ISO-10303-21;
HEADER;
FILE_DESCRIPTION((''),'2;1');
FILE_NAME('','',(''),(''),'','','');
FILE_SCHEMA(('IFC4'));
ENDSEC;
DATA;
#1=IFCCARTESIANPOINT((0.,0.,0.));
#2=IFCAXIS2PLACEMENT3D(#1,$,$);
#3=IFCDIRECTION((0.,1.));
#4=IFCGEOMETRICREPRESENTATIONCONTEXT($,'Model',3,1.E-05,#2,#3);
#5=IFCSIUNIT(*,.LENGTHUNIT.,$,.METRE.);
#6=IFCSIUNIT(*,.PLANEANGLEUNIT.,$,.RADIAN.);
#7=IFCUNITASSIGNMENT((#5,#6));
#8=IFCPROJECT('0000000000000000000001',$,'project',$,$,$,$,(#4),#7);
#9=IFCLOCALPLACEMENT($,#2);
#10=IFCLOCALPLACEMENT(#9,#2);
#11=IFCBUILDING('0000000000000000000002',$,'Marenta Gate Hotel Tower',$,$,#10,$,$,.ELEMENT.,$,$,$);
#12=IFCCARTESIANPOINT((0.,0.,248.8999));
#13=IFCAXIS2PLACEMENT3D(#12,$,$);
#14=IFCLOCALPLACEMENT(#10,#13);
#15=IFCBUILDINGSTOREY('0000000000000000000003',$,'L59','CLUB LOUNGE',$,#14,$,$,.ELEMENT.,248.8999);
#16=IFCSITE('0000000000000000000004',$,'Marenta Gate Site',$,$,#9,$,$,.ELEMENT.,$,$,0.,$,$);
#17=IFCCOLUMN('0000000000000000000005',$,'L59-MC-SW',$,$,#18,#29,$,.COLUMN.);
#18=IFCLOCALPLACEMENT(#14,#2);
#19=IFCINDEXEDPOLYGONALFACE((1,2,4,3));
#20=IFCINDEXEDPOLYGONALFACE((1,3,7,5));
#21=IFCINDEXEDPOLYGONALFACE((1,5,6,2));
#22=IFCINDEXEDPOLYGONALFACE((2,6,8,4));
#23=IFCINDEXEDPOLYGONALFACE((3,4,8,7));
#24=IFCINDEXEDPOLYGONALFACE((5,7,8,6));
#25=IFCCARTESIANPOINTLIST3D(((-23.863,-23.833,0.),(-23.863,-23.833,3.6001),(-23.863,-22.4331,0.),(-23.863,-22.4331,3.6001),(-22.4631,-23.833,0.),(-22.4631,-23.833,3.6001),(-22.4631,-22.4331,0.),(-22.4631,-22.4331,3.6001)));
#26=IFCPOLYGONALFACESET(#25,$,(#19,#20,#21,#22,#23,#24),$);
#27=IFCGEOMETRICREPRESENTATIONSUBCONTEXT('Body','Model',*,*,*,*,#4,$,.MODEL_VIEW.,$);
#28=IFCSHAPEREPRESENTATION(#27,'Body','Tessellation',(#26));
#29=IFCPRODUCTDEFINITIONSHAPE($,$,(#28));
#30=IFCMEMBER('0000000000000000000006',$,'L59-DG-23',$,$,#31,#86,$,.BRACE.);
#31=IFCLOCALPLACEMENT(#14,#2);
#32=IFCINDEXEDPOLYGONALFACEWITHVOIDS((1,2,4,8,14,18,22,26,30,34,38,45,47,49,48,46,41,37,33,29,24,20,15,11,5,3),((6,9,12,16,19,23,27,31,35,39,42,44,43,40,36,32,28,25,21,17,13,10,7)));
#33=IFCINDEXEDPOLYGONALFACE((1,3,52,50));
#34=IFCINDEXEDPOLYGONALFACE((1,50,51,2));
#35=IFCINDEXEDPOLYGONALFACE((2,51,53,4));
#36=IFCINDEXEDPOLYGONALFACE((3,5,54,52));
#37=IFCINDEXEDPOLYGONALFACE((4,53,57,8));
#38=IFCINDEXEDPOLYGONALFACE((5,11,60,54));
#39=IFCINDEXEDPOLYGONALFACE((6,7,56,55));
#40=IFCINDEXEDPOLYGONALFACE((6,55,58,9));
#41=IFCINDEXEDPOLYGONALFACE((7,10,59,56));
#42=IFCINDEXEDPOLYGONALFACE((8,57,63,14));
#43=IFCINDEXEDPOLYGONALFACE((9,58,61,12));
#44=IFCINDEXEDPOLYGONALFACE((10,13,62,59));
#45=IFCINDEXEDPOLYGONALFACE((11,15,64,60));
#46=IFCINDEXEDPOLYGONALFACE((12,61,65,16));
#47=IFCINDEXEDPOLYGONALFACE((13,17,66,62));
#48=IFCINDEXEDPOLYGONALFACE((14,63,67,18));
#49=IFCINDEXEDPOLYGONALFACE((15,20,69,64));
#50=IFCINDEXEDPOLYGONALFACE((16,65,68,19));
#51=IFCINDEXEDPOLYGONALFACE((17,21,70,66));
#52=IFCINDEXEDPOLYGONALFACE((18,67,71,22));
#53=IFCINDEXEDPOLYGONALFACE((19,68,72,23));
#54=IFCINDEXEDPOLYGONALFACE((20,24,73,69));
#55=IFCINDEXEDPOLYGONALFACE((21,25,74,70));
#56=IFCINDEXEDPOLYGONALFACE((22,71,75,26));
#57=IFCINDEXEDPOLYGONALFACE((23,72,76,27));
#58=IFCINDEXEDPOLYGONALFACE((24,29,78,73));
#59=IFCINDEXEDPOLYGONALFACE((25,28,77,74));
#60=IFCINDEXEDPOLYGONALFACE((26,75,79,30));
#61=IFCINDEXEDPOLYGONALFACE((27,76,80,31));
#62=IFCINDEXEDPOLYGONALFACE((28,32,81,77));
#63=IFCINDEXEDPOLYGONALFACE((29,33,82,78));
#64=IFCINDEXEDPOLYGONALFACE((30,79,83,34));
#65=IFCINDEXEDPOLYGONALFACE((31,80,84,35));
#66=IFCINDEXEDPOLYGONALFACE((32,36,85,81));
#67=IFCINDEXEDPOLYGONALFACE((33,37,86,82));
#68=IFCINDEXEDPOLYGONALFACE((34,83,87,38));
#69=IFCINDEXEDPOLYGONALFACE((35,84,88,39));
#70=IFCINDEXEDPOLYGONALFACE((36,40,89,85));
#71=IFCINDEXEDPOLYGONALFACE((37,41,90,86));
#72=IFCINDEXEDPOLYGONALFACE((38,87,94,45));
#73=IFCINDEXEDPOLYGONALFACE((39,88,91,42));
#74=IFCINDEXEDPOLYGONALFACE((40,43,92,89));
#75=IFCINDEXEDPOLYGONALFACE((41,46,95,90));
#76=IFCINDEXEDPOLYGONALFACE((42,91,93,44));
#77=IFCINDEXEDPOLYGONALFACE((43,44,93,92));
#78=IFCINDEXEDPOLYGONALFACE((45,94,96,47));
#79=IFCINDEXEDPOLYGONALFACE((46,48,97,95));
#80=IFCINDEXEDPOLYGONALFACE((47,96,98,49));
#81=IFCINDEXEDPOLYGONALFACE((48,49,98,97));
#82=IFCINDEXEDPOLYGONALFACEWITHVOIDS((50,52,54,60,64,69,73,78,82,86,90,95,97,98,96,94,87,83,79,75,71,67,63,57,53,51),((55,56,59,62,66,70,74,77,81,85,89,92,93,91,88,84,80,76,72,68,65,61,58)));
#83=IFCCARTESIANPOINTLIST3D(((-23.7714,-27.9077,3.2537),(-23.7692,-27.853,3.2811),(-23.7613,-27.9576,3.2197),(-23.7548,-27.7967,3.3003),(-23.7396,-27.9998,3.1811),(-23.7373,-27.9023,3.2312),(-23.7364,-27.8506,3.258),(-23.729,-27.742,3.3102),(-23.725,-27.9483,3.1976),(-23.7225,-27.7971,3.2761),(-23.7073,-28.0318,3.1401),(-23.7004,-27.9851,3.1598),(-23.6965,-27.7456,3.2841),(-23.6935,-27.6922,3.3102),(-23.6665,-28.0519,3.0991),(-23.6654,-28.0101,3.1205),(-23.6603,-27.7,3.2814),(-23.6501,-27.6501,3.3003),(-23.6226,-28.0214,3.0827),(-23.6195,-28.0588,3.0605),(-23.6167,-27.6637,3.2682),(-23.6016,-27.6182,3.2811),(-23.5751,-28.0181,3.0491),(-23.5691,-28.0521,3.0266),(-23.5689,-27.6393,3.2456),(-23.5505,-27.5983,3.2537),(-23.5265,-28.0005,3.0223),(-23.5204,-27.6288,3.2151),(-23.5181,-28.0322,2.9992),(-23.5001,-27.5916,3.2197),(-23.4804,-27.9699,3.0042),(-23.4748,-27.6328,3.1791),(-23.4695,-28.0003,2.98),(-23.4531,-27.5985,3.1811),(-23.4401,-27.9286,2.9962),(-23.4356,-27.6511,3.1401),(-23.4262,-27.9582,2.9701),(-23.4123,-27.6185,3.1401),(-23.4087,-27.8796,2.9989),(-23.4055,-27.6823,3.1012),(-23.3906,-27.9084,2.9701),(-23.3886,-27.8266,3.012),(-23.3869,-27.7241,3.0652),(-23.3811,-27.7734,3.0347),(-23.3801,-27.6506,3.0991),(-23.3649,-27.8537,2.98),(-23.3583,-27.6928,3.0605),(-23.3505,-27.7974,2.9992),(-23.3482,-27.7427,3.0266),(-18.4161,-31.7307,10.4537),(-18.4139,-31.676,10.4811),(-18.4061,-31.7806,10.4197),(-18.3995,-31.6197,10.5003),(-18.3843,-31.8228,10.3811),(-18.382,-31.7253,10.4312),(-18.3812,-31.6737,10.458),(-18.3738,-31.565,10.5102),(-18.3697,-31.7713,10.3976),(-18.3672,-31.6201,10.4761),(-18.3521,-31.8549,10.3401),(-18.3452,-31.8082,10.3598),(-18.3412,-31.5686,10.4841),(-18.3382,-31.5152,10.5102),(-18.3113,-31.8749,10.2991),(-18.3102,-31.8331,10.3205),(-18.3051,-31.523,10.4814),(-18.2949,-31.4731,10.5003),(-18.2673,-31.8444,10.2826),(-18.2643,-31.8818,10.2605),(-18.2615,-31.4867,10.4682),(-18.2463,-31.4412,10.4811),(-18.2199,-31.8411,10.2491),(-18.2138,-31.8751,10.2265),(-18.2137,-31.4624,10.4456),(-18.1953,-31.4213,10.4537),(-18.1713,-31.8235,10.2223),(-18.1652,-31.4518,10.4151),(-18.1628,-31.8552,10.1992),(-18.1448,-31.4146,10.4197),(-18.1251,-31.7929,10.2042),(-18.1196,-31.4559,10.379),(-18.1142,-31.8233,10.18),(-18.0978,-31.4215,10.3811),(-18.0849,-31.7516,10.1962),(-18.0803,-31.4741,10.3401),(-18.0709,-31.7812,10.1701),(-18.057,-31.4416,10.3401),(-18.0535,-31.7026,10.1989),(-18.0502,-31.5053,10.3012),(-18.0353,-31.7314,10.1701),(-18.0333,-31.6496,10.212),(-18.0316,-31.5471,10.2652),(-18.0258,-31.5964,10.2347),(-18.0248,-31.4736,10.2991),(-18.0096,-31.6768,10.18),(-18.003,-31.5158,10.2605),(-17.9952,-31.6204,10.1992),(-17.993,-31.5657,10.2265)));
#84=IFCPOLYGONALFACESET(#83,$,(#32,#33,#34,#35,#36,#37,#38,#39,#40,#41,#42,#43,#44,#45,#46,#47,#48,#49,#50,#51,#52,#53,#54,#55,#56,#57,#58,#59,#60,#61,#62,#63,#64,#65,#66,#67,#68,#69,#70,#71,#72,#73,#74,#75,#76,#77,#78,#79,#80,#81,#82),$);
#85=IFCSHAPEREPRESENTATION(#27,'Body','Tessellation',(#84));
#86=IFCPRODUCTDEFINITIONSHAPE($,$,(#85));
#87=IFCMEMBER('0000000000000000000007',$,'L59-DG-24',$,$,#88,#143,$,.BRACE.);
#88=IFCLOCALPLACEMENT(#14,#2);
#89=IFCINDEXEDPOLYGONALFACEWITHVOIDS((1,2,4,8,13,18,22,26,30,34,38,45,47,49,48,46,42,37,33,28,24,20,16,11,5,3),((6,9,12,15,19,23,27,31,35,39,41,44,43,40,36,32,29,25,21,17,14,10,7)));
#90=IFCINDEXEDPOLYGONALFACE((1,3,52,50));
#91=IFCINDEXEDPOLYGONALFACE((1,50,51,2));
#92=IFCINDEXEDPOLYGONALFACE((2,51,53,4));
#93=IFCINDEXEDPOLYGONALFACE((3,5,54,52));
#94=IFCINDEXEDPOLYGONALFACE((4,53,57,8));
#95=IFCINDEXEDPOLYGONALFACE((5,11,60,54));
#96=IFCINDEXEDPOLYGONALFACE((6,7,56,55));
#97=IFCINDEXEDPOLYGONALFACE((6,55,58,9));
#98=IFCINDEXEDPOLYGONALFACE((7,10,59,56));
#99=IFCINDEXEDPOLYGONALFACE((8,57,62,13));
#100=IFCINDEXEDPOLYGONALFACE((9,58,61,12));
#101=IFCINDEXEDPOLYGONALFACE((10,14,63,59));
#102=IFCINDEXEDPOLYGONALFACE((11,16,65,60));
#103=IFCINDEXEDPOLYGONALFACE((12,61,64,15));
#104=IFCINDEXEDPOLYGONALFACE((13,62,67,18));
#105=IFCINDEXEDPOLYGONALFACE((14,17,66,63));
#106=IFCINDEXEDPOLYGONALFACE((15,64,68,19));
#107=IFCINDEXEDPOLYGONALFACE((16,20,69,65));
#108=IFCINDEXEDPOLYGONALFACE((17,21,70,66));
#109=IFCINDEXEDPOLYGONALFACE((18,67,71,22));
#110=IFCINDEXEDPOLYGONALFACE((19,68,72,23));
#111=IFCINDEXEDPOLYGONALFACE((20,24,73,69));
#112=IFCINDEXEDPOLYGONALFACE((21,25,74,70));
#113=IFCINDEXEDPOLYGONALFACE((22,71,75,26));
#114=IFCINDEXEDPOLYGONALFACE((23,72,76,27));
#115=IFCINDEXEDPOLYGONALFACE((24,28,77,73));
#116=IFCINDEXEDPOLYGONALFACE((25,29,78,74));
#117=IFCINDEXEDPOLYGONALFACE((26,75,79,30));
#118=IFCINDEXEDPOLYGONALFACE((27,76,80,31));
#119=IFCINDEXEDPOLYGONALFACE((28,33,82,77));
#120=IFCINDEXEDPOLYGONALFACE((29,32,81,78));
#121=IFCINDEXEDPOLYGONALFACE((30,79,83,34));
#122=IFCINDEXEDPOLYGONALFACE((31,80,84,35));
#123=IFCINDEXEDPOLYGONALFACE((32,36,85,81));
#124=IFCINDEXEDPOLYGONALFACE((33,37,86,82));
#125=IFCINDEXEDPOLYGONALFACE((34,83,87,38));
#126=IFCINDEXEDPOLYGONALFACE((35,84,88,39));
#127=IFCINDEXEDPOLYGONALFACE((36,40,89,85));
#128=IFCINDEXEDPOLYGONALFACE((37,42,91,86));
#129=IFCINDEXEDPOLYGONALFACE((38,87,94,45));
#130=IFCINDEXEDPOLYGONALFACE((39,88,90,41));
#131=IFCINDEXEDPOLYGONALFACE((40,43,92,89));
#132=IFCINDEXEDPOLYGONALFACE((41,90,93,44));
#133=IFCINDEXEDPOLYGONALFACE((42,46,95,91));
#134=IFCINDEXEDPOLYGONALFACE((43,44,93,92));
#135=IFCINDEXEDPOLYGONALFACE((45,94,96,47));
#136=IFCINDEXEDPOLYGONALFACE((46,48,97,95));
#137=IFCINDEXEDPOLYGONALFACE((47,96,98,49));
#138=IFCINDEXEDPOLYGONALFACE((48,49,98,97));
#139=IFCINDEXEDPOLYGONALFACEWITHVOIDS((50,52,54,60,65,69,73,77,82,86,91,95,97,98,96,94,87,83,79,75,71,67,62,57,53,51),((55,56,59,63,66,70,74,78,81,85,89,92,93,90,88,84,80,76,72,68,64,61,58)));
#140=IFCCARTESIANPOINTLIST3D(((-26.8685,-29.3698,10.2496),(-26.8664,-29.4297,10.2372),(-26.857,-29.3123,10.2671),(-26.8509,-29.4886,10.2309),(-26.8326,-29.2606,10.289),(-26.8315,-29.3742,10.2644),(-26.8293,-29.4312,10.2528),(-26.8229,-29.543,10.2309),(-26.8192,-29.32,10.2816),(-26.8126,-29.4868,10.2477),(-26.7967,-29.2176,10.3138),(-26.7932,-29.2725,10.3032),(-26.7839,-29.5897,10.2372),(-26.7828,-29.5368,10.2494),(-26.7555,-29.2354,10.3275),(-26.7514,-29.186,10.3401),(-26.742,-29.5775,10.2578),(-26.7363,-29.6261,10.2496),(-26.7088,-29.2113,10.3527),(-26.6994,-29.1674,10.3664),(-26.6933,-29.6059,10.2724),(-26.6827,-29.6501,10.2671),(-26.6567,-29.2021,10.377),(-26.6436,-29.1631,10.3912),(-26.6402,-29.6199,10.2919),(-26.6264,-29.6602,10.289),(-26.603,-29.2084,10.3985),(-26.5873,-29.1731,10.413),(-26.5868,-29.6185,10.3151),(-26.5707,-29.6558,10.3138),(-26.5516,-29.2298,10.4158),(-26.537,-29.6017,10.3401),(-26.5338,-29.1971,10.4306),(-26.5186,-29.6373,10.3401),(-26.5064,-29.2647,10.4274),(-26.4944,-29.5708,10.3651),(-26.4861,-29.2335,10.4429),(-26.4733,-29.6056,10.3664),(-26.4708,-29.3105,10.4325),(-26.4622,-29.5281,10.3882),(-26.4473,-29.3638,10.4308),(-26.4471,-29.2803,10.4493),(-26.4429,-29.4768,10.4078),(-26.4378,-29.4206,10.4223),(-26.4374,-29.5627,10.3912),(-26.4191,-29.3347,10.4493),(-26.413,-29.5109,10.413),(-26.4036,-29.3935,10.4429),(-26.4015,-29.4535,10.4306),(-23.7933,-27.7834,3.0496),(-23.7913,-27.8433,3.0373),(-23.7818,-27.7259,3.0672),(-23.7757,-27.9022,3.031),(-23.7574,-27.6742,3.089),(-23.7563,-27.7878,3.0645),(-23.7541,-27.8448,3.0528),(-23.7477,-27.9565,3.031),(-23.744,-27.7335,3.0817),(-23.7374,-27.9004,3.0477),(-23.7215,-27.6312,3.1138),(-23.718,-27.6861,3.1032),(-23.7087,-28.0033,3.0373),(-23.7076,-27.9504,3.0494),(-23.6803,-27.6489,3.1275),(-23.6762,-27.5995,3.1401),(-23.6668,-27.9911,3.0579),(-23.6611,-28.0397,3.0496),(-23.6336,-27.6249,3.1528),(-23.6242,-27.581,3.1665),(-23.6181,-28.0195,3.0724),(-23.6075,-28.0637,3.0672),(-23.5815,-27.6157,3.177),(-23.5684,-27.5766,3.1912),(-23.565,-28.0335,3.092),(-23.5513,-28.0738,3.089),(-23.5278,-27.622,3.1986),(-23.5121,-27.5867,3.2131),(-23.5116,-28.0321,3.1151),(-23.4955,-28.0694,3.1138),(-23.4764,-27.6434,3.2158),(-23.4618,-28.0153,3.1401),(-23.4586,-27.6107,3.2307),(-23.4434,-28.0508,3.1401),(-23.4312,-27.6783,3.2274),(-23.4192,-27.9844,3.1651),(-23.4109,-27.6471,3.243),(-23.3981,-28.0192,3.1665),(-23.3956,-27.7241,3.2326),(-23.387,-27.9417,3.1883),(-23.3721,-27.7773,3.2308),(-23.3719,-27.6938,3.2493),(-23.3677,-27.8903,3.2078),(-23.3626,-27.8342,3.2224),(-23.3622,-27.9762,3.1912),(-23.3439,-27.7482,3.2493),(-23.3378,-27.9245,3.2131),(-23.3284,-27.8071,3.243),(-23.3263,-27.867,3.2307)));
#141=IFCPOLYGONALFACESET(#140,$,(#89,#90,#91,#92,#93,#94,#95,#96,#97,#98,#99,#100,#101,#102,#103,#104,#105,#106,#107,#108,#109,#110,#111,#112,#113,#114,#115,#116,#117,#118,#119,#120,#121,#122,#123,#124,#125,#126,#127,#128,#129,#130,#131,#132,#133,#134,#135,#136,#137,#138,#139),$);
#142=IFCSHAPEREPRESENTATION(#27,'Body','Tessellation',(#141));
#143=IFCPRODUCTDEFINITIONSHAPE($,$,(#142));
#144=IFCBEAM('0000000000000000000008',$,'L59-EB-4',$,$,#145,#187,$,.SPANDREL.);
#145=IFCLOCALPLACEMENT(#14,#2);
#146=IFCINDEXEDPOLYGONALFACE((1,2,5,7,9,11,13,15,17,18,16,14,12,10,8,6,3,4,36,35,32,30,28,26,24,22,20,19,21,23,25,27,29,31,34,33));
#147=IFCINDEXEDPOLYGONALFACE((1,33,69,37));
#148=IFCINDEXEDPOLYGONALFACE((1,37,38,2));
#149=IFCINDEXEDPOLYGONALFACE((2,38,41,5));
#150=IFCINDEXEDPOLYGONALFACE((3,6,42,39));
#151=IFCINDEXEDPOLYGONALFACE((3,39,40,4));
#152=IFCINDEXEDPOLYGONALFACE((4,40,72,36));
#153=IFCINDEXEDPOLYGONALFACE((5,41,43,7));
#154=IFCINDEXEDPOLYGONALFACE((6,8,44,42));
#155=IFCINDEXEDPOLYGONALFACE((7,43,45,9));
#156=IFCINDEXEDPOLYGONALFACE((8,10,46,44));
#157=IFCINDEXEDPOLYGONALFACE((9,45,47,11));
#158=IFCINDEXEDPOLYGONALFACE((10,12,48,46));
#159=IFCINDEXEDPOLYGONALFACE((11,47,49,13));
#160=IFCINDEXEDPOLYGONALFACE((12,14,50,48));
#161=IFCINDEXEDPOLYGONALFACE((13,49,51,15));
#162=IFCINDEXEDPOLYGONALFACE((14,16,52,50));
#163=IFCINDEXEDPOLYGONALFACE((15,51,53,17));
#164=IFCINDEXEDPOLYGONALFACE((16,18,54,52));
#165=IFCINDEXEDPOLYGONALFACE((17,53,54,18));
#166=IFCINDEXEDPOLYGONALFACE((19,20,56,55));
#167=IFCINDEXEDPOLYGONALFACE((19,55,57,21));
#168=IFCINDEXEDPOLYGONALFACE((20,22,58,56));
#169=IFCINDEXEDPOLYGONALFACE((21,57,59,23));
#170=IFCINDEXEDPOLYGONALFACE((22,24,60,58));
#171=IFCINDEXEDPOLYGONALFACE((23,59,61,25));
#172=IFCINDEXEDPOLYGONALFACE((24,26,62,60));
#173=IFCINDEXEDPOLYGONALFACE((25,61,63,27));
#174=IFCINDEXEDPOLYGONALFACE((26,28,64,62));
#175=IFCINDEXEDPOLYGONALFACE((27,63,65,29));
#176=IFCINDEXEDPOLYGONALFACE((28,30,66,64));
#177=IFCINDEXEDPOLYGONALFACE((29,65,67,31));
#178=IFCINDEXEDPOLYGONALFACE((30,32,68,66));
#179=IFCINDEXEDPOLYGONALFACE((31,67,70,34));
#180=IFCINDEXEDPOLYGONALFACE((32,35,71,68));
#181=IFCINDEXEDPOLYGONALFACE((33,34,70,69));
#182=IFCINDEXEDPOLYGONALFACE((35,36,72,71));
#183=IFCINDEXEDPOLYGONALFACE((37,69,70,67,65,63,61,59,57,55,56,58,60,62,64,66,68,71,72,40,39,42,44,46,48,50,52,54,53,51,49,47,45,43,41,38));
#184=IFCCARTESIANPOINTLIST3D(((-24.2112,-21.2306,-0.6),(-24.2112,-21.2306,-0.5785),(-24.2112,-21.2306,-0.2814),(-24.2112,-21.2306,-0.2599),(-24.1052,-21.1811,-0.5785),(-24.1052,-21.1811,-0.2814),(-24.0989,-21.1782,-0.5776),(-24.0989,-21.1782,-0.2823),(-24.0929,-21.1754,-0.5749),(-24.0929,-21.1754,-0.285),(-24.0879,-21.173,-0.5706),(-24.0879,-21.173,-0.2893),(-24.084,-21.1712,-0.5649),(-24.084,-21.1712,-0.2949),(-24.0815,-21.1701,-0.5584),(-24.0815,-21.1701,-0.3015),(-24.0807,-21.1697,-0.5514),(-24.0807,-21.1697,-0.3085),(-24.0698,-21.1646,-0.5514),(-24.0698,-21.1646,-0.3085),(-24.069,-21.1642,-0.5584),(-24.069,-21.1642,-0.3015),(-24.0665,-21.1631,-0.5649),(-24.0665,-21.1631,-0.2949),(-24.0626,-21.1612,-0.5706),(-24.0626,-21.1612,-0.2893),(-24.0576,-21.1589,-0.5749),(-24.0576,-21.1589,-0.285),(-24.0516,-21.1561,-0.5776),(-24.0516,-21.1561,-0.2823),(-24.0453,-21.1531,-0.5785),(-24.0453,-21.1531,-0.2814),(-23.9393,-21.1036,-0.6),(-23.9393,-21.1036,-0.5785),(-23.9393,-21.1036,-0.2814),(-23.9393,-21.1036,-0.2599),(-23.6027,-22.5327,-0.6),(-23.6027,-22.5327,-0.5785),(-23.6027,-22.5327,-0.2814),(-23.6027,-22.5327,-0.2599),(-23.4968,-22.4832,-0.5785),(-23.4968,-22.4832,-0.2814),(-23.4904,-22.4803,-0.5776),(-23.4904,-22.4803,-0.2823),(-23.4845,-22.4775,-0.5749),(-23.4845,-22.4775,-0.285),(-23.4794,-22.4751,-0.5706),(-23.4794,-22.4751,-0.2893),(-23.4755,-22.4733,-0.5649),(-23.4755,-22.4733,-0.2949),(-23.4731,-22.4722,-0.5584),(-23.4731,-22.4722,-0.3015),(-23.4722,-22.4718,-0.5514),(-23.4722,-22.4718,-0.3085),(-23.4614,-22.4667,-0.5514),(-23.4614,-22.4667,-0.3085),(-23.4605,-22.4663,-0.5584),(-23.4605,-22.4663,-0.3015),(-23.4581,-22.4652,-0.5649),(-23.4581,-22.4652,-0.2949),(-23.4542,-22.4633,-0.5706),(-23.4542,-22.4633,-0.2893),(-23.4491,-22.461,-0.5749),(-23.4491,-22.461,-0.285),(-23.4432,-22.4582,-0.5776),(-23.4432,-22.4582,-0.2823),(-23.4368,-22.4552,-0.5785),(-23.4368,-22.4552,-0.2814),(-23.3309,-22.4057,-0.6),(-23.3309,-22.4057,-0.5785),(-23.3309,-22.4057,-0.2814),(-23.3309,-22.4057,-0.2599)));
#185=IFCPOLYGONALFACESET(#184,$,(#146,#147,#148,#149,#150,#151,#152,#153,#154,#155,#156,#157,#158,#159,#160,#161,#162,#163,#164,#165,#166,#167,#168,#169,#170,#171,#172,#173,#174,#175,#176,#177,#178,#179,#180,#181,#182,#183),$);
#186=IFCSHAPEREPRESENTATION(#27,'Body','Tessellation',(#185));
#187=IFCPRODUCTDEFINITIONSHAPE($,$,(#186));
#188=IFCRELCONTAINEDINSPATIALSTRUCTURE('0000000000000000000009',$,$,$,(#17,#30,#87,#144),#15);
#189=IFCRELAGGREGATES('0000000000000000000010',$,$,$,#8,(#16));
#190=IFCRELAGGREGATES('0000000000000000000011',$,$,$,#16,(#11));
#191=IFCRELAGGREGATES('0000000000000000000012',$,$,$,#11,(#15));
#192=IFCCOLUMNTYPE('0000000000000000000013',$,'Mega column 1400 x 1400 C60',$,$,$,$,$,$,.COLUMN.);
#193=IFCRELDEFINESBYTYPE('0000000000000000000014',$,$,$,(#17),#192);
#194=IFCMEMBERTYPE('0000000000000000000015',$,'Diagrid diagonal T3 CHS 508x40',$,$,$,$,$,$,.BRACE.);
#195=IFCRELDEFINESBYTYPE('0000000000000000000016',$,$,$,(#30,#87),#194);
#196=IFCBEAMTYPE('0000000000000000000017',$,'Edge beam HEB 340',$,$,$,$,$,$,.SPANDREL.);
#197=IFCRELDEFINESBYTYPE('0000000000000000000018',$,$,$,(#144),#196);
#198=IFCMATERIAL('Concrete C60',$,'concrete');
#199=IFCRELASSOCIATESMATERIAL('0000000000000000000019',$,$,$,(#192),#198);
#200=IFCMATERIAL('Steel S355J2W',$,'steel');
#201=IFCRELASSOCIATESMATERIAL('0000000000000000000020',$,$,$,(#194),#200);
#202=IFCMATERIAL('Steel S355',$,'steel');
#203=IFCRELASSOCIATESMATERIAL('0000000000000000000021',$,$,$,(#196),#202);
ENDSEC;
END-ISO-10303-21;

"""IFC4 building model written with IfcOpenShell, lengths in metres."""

from ifc_helpers import new_model, si_unit, direction, frame, origin, origin_2d, place, context, subcontext, project, spatial, rectangle, hollow_circle, i_section, extrude, material, material_profile, profile_set, type_object, element, save


model = new_model("IFC4")

# Units and contexts
model_context = context("Model", 3, precision=1e-05, world=origin(), true_north=direction((0.0, 1.0)))
body_context = subcontext(model_context, "Body", "Model", "MODEL_VIEW")
ifc_project = project(units=[si_unit("LENGTHUNIT", "METRE"), si_unit("PLANEANGLEUNIT", "RADIAN")], contexts=[model_context])

# Site, building, storey
site_placement = place(None, origin())
site = spatial("IfcSite", under=ifc_project, at=site_placement, Name="Marenta Gate Site", CompositionType="ELEMENT", RefElevation=0.0)
building_placement = place(site_placement, origin())
building = spatial("IfcBuilding", under=site, at=building_placement, Name="Marenta Gate Hotel Tower", CompositionType="ELEMENT")
storey_placement = place(building_placement, frame((0.0, 0.0, 248.8999)))
storey = spatial("IfcBuildingStorey", under=building, at=storey_placement, Name="L59", Description="CLUB LOUNGE", CompositionType="ELEMENT", Elevation=248.8999)

# Column
ifc_material_1 = material(Name="Concrete C60", Category="concrete")
ifc_material_profile_1 = material_profile(ifc_material_1, rectangle(XDim=1.3999, YDim=1.3999, at=origin_2d()), Name="1400 x 1400")
ifc_profile_set_1 = profile_set([ifc_material_profile_1], Name="Concrete C60")
column_type = type_object("IfcColumnType", Name="Mega column 1400 x 1400 C60", PredefinedType="COLUMN", material=ifc_profile_set_1)
column_placement = place(storey_placement, frame((-23.1631, -23.1331, 0.0), z_axis=(0.0, 0.0, 1.0), x_axis=(1.0, 0.0, 0.0)))
element("IfcColumn", 1, at=column_placement, inside=storey, type_object=column_type, Name="L59-MC-SW", PredefinedType="COLUMN", context=body_context, shape_type="SweptSolid", body=[
    extrude(rectangle(XDim=1.3999, YDim=1.3999, at=origin_2d()), origin(), (0.0, 0.0, 1.0), 3.6001),
])

# Members
ifc_material_2 = material(Name="Steel S355J2W", Category="steel")
ifc_material_profile_2 = material_profile(ifc_material_2, hollow_circle(Radius=0.2539, WallThickness=0.04, at=origin_2d()), Name="CHS 508x40")
ifc_profile_set_2 = profile_set([ifc_material_profile_2], Name="Steel S355J2W")
member_type_1 = type_object("IfcMemberType", Name="Diagrid diagonal T3 CHS 508x40", PredefinedType="BRACE", material=ifc_profile_set_2)
member_1_placement = place(storey_placement, frame((-23.5598, -27.8252, 3.1401), z_axis=(0.54905, -0.391957, 0.738183), x_axis=(0.581021, 0.813889, 0.0)))
element("IfcMember", 2, at=member_1_placement, inside=storey, type_object=member_type_1, Name="L59-DG-23", PredefinedType="BRACE", context=body_context, shape_type="SweptSolid", body=[
    extrude(hollow_circle(Radius=0.2539, WallThickness=0.04, at=origin_2d()), origin(), (0.0, 0.0, 1.0), 9.7537),
])
member_2_placement = place(storey_placement, frame((-23.5598, -27.8252, 3.1401), z_axis=(-0.384963, -0.198594, 0.901313), x_axis=(0.458467, -0.888712, 0.0)))
element("IfcMember", 3, at=member_2_placement, inside=storey, type_object=member_type_1, Name="L59-DG-24", PredefinedType="BRACE", context=body_context, shape_type="SweptSolid", body=[
    extrude(hollow_circle(Radius=0.2539, WallThickness=0.04, at=origin_2d()), origin(), (0.0, 0.0, 1.0), 7.9883),
])

# Beam
ifc_material_3 = material(Name="Steel S355", Category="steel")
ifc_material_profile_3 = material_profile(ifc_material_3, i_section(OverallWidth=0.3, OverallDepth=0.3401, WebThickness=0.012, FlangeThickness=0.0215, FilletRadius=0.0271, at=origin_2d()), Name="HEB 340")
ifc_profile_set_3 = profile_set([ifc_material_profile_3], Name="Steel S355")
beam_type = type_object("IfcBeamType", Name="Edge beam HEB 340", PredefinedType="SPANDREL", material=ifc_profile_set_3)
beam_placement = place(storey_placement, frame((-23.4668, -22.4692, -0.4299), z_axis=(-0.423341, 0.90597, 0.0), x_axis=(-0.90597, -0.423341, 0.0)))
element("IfcBeam", 4, at=beam_placement, inside=storey, type_object=beam_type, Name="L59-EB-4", PredefinedType="SPANDREL", context=body_context, shape_type="SweptSolid", body=[
    extrude(i_section(OverallWidth=0.3, OverallDepth=0.3401, WebThickness=0.012, FlangeThickness=0.0215, FilletRadius=0.0271, at=origin_2d()), origin(), (0.0, 0.0, 1.0), 1.4373),
])

save(model, "model.ifc")
